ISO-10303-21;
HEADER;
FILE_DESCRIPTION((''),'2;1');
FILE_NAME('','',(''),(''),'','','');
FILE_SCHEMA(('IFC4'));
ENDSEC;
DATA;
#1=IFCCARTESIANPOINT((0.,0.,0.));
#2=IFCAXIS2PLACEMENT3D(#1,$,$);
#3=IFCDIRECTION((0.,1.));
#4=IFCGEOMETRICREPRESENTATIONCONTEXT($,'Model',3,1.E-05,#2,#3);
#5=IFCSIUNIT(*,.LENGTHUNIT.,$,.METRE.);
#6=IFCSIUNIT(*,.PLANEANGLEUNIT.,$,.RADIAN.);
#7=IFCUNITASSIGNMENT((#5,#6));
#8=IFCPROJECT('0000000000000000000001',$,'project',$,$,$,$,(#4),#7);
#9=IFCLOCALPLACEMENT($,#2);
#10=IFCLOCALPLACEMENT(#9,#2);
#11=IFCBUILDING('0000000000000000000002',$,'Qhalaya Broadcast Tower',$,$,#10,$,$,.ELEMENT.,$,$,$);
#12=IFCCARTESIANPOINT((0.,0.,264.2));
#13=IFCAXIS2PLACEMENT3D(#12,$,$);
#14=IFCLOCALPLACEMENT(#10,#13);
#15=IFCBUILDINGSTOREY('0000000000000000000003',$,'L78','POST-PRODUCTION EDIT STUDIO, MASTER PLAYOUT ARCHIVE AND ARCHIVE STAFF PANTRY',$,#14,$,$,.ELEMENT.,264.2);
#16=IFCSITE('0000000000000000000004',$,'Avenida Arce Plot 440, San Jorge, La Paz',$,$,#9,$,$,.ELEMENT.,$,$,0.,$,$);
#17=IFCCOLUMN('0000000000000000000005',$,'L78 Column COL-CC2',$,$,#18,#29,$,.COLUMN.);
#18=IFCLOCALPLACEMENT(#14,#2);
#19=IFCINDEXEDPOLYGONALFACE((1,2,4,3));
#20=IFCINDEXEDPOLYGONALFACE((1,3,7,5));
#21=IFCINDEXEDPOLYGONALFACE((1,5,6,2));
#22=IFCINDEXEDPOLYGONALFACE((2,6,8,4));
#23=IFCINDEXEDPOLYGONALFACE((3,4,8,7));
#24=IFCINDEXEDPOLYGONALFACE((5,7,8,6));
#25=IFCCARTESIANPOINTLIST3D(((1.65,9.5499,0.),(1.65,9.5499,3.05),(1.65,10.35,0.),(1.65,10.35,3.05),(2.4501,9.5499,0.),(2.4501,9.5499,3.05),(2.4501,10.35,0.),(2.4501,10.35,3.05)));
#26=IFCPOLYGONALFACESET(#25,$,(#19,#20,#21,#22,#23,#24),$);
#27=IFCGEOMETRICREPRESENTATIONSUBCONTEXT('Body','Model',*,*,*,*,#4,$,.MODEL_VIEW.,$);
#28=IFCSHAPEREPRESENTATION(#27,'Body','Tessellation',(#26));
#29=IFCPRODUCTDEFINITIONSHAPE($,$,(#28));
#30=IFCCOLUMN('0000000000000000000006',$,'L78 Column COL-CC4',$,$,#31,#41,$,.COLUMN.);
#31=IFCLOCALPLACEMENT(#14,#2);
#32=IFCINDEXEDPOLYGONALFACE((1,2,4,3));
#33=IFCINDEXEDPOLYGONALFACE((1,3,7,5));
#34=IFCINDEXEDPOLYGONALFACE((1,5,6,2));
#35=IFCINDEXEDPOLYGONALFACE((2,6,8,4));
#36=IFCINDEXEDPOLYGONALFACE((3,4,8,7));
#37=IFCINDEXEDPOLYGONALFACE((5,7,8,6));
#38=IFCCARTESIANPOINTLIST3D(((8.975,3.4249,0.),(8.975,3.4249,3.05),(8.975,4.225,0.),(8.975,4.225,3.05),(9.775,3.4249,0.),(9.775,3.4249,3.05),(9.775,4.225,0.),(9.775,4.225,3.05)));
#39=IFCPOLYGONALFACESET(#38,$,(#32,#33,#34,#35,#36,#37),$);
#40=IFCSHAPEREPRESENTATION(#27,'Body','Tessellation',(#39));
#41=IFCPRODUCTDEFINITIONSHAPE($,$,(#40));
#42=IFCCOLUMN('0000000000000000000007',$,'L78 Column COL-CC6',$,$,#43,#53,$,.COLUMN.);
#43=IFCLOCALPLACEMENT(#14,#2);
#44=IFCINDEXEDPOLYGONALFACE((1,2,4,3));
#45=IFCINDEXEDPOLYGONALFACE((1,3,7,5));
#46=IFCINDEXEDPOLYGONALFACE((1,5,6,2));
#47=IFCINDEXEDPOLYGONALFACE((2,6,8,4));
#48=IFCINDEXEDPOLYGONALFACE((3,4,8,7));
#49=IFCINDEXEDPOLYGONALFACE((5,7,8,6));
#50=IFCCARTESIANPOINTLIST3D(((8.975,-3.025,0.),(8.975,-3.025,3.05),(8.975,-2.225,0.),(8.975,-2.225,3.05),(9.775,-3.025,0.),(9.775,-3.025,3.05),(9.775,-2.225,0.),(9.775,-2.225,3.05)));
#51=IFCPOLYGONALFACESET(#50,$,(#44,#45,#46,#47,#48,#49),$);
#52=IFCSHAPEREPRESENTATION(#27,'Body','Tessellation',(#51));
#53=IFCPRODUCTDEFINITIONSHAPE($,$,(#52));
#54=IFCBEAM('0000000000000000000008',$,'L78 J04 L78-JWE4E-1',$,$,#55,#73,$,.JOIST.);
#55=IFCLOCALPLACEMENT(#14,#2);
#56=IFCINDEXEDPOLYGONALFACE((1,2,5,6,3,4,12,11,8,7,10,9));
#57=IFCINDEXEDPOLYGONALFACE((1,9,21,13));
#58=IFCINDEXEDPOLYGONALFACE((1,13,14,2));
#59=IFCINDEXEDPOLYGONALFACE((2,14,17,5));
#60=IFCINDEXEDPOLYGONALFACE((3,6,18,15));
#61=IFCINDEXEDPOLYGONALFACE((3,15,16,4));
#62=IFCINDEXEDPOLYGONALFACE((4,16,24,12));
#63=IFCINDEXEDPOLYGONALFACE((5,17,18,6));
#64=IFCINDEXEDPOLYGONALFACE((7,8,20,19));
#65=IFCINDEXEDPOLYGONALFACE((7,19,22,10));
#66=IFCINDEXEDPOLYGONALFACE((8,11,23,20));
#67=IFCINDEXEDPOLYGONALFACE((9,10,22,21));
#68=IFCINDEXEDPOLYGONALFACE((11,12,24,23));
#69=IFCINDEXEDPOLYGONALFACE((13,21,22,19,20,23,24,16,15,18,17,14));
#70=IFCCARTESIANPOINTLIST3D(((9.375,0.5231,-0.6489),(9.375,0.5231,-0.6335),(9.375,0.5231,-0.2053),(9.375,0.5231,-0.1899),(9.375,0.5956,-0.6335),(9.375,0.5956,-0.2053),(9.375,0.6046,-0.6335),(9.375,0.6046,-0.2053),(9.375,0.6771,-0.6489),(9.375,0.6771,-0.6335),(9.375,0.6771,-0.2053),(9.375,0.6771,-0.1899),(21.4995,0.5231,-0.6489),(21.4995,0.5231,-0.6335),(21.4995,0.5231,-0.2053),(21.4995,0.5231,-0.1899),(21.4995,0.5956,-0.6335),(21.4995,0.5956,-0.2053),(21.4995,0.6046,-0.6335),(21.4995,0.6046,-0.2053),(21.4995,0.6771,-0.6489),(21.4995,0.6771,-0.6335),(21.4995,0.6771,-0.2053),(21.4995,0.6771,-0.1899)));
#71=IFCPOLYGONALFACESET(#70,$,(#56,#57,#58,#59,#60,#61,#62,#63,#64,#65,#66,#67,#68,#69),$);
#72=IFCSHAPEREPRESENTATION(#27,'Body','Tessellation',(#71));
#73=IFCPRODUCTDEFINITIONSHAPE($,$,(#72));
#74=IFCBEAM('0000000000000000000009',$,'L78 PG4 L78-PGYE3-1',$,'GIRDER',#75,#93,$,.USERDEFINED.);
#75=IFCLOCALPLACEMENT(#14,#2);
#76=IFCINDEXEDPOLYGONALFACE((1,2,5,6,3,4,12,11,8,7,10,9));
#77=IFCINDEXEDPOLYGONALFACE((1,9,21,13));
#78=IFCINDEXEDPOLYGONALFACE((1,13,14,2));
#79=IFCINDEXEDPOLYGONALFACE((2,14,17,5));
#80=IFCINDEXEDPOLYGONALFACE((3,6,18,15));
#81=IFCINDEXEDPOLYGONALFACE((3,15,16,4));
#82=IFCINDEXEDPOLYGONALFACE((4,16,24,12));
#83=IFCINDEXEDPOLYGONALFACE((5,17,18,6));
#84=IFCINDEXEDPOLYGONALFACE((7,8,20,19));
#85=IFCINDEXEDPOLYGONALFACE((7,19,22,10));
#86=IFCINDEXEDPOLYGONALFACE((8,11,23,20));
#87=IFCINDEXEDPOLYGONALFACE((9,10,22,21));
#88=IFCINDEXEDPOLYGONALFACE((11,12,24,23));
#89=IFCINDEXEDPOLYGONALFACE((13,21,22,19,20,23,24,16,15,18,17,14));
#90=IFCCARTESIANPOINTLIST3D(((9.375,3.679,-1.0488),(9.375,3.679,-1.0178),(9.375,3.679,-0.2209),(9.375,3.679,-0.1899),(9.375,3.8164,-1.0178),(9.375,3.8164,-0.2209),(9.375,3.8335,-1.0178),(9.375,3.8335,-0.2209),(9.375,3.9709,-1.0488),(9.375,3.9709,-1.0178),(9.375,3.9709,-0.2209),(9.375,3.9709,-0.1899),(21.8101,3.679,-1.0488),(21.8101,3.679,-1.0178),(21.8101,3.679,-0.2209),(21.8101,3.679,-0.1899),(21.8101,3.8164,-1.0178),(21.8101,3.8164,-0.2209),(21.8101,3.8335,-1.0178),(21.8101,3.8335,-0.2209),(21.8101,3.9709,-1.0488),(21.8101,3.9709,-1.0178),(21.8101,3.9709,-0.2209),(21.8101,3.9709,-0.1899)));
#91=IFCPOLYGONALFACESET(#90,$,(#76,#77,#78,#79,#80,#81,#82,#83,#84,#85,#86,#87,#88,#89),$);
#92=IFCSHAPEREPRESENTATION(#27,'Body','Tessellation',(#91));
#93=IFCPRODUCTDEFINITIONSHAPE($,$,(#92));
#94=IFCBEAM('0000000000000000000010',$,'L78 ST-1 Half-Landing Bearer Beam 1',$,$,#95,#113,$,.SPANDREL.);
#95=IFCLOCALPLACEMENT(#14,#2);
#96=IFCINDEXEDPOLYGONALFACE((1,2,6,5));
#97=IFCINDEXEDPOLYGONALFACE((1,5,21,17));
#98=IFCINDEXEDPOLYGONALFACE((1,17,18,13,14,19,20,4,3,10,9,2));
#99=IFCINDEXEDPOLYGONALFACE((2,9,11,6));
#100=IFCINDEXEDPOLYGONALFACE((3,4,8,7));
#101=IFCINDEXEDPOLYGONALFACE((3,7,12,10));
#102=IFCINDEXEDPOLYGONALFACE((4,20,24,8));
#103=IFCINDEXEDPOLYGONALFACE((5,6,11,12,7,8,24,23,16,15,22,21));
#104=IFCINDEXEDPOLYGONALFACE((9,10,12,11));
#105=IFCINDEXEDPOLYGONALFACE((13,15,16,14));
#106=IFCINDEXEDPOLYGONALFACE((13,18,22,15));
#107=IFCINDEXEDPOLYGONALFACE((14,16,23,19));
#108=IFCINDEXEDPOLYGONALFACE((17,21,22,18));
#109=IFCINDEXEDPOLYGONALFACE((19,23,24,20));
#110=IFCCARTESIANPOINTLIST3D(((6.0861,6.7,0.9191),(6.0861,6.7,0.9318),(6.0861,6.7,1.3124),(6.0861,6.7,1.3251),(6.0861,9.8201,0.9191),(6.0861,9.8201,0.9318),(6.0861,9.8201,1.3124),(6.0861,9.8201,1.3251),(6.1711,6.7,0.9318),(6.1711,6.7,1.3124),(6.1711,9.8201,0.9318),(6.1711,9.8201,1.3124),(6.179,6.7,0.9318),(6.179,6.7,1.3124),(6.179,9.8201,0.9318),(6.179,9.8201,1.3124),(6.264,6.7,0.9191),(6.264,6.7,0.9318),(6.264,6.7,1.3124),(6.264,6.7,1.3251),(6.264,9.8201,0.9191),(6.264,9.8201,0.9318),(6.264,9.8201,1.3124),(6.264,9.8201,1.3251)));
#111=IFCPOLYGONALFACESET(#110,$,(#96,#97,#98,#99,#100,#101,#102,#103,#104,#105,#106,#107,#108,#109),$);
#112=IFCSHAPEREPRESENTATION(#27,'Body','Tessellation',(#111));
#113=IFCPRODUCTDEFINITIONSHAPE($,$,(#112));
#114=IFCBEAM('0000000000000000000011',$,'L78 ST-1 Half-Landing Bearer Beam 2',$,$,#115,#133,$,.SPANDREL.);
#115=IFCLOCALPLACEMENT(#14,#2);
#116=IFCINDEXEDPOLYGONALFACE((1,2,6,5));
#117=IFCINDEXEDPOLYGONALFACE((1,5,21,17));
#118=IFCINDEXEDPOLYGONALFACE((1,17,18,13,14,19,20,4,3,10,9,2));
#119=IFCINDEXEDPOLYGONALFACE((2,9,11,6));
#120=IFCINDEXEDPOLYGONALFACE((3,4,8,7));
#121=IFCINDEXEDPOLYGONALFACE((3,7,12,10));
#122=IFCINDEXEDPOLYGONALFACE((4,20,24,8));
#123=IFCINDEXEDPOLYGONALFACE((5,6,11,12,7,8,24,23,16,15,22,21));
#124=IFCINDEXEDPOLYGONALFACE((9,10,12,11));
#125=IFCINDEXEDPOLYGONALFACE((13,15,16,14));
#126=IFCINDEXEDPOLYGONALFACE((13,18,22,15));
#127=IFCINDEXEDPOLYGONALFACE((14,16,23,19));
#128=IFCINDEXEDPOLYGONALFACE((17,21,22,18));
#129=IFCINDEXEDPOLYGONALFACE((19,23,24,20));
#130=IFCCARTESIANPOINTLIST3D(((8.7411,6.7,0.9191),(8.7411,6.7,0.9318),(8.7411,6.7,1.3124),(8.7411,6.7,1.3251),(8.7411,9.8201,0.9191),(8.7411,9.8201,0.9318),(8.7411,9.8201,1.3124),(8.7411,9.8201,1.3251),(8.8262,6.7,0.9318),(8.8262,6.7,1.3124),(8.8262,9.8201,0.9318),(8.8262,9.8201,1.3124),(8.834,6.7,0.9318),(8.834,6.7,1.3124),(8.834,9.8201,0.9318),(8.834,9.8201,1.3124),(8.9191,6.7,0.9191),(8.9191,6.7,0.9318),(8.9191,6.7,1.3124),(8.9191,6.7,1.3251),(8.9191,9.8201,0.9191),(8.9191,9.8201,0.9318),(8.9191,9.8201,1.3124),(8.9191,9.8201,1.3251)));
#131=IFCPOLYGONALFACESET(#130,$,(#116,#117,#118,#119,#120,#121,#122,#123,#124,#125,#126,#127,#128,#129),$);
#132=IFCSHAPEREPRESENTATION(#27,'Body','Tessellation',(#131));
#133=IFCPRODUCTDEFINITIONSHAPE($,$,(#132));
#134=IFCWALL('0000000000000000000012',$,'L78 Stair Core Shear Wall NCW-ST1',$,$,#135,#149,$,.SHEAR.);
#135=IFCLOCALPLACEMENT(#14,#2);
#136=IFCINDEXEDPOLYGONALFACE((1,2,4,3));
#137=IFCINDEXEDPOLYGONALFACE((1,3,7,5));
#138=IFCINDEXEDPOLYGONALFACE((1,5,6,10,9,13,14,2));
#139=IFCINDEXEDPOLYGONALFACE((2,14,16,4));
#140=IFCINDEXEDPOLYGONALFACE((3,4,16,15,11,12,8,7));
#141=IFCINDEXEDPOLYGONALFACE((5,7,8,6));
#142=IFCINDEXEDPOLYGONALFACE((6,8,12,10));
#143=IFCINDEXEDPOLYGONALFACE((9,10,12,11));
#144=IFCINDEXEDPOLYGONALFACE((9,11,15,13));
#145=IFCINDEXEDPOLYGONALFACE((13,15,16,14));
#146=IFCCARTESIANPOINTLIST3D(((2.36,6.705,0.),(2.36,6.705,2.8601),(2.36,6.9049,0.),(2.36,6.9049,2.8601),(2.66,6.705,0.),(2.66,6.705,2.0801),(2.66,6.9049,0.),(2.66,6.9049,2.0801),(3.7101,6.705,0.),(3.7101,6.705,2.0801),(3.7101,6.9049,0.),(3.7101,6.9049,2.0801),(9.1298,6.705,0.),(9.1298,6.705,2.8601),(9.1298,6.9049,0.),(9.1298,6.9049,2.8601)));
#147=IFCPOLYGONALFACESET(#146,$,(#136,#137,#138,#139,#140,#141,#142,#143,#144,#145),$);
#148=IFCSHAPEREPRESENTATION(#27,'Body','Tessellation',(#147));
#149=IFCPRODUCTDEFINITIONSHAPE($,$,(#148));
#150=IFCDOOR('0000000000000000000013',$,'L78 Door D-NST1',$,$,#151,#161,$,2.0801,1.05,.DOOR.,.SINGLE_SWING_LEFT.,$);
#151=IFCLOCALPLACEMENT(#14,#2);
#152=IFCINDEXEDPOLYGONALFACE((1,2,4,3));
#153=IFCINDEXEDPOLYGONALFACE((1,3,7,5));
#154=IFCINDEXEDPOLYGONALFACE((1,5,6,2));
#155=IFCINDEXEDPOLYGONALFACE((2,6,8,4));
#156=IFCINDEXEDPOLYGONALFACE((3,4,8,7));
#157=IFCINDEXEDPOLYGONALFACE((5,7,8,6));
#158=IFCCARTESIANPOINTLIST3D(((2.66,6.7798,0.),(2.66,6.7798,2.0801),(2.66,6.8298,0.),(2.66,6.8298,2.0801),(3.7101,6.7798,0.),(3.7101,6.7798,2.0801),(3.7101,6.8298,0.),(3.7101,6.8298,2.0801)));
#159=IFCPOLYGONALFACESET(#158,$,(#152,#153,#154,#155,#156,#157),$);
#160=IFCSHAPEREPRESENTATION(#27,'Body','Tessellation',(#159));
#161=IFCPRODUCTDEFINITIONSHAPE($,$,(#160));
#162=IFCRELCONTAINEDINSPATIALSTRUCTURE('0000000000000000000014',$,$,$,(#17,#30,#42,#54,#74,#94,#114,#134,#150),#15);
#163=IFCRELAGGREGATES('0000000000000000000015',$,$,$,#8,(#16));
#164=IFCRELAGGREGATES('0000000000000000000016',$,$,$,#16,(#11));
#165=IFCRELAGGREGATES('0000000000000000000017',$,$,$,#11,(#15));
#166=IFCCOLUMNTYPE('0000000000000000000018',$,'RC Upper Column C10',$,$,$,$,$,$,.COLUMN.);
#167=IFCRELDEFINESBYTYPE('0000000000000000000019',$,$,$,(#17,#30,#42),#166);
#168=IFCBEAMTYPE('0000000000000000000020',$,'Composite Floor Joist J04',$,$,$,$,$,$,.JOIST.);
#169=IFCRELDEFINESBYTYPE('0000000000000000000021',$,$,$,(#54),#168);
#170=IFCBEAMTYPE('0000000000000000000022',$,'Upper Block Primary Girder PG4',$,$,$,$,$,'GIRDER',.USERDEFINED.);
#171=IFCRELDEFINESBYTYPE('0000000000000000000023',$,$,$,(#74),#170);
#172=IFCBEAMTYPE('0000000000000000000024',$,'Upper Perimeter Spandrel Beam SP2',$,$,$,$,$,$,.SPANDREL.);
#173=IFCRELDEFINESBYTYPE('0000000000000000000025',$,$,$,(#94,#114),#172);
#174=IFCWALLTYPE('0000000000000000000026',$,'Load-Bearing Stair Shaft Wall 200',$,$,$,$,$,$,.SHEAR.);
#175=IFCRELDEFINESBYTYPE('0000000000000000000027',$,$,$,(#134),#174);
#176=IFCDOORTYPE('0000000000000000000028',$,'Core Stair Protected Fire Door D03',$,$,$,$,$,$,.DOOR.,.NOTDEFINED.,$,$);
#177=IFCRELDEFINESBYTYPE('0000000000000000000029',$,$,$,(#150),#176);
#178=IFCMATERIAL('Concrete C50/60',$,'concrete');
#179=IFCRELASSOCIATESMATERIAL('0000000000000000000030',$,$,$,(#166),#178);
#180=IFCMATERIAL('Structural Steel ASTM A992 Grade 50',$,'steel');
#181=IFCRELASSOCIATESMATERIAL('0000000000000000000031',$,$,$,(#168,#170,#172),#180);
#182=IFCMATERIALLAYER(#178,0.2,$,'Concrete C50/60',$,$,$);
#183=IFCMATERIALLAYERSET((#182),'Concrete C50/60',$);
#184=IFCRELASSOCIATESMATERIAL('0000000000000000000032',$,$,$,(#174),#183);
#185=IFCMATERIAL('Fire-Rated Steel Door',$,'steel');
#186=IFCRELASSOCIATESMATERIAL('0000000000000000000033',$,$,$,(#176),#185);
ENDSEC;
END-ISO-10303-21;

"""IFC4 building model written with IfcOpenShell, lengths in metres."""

from ifc_helpers import new_model, si_unit, direction, frame, frame_2d, origin, origin_2d, place, context, subcontext, project, spatial, rectangle, i_section, extrude, material, layer, layer_set, material_profile, profile_set, type_object, element, fill, save


model = new_model("IFC4")

# Units and contexts
model_context = context("Model", 3, precision=1e-05, world=origin(), true_north=direction((0.0, 1.0)))
body_context = subcontext(model_context, "Body", "Model", "MODEL_VIEW")
ifc_project = project(units=[si_unit("LENGTHUNIT", "METRE"), si_unit("PLANEANGLEUNIT", "RADIAN")], contexts=[model_context])

# Site, building, storey
site_placement = place(None, origin())
site = spatial("IfcSite", under=ifc_project, at=site_placement, Name="Avenida Arce Plot 440, San Jorge, La Paz", CompositionType="ELEMENT", RefElevation=0.0)
building_placement = place(site_placement, origin())
building = spatial("IfcBuilding", under=site, at=building_placement, Name="Qhalaya Broadcast Tower", CompositionType="ELEMENT")
storey_placement = place(building_placement, frame((0.0, 0.0, 264.2)))
storey = spatial("IfcBuildingStorey", under=building, at=storey_placement, Name="L78", Description="POST-PRODUCTION EDIT STUDIO, MASTER PLAYOUT ARCHIVE AND ARCHIVE STAFF PANTRY", CompositionType="ELEMENT", Elevation=264.2)

# Columns
ifc_material_1 = material(Name="Concrete C50/60", Category="concrete")
ifc_material_profile_1 = material_profile(ifc_material_1, rectangle(XDim=0.8, YDim=0.8, at=origin_2d()), Name="RC-COL 800x800")
ifc_profile_set_1 = profile_set([ifc_material_profile_1], Name="Concrete C50/60")
column_type = type_object("IfcColumnType", Name="RC Upper Column C10", PredefinedType="COLUMN", material=ifc_profile_set_1)
for number, where, z_axis, x_axis, name in (
    (1, (2.05, 9.95, 0.0), (0.0, 0.0, 1.0), (1.0, 0.0, 0.0), "L78 Column COL-CC2"),
    (2, (9.375, 3.825, 0.0), (0.0, 0.0, 1.0), (1.0, 0.0, 0.0), "L78 Column COL-CC4"),
    (3, (9.375, -2.625, 0.0), (0.0, 0.0, 1.0), (1.0, 0.0, 0.0), "L78 Column COL-CC6"),
):
    element("IfcColumn", number, at=place(storey_placement, frame(where, z_axis=z_axis, x_axis=x_axis)), inside=storey, type_object=column_type, Name=name, PredefinedType="COLUMN", context=body_context, shape_type="SweptSolid", body=[
        extrude(rectangle(XDim=0.8, YDim=0.8, at=origin_2d()), origin(), (0.0, 0.0, 1.0), 3.05),
    ])

# Beams
ifc_material_2 = material(Name="Structural Steel ASTM A992 Grade 50", Category="steel")
ifc_material_profile_2 = material_profile(ifc_material_2, i_section(OverallWidth=0.1541, OverallDepth=0.459, WebThickness=0.009, FlangeThickness=0.0154, at=origin_2d()), Name="W18X46")
ifc_profile_set_2 = profile_set([ifc_material_profile_2], Name="Structural Steel ASTM A992 Grade 50")
beam_type_1 = type_object("IfcBeamType", Name="Composite Floor Joist J04", PredefinedType="JOIST", material=ifc_profile_set_2)
beam_1_placement = place(storey_placement, frame((9.375, 0.6001, -0.4194), z_axis=(1.0, 0.0, 0.0), x_axis=(0.0, 1.0, 0.0)))
element("IfcBeam", 4, at=beam_1_placement, inside=storey, type_object=beam_type_1, Name="L78 J04 L78-JWE4E-1", PredefinedType="JOIST", context=body_context, shape_type="SweptSolid", body=[
    extrude(i_section(OverallWidth=0.1541, OverallDepth=0.459, WebThickness=0.009, FlangeThickness=0.0154, at=origin_2d()), origin(), (0.0, 0.0, 1.0), 12.1245),
])
ifc_material_profile_3 = material_profile(ifc_material_2, i_section(OverallWidth=0.292, OverallDepth=0.8589, WebThickness=0.0171, FlangeThickness=0.031, at=origin_2d()), Name="W33X169")
ifc_profile_set_3 = profile_set([ifc_material_profile_3], Name="Structural Steel ASTM A992 Grade 50")
beam_type_2 = type_object("IfcBeamType", Name="Upper Block Primary Girder PG4", ElementType="GIRDER", PredefinedType="USERDEFINED", material=ifc_profile_set_3)
beam_2_placement = place(storey_placement, frame((9.375, 3.825, -0.6194), z_axis=(1.0, 0.0, 0.0), x_axis=(0.0, 1.0, 0.0)))
element("IfcBeam", 5, at=beam_2_placement, inside=storey, type_object=beam_type_2, Name="L78 PG4 L78-PGYE3-1", ObjectType="GIRDER", PredefinedType="USERDEFINED", context=body_context, shape_type="SweptSolid", body=[
    extrude(i_section(OverallWidth=0.292, OverallDepth=0.8589, WebThickness=0.0171, FlangeThickness=0.031, at=origin_2d()), origin(), (0.0, 0.0, 1.0), 12.4351),
])
ifc_material_profile_4 = material_profile(ifc_material_2, i_section(OverallWidth=0.178, OverallDepth=0.406, WebThickness=0.0078, FlangeThickness=0.0127, at=origin_2d()), Name="W16X40")
ifc_profile_set_4 = profile_set([ifc_material_profile_4], Name="Structural Steel ASTM A992 Grade 50")
beam_type_3 = type_object("IfcBeamType", Name="Upper Perimeter Spandrel Beam SP2", PredefinedType="SPANDREL", material=ifc_profile_set_4)
for number, where, z_axis, x_axis, name in (
    (6, (6.175, 6.7, 1.1221), (0.0, 1.0, 0.0), (-1.0, 0.0, 0.0), "L78 ST-1 Half-Landing Bearer Beam 1"),
    (7, (8.8301, 6.7, 1.1221), (0.0, 1.0, 0.0), (-1.0, 0.0, 0.0), "L78 ST-1 Half-Landing Bearer Beam 2"),
):
    element("IfcBeam", number, at=place(storey_placement, frame(where, z_axis=z_axis, x_axis=x_axis)), inside=storey, type_object=beam_type_3, Name=name, PredefinedType="SPANDREL", context=body_context, shape_type="SweptSolid", body=[
        extrude(i_section(OverallWidth=0.178, OverallDepth=0.406, WebThickness=0.0078, FlangeThickness=0.0127, at=origin_2d()), origin(), (0.0, 0.0, 1.0), 3.1201),
    ])

# Wall, opening, door
ifc_layer_1 = layer(ifc_material_1, 0.2, Name="Concrete C50/60")
ifc_layer_set_1 = layer_set([ifc_layer_1], Name="Concrete C50/60")
wall_type_1 = type_object("IfcWallType", Name="Load-Bearing Stair Shaft Wall 200", PredefinedType="SHEAR", material=ifc_layer_set_1)
wall_1_placement = place(storey_placement, frame((2.3601, 6.8049, 0.0), z_axis=(0.0, 0.0, 1.0), x_axis=(1.0, 0.0, 0.0)))
wall_1 = element("IfcWall", 8, at=wall_1_placement, inside=storey, type_object=wall_type_1, Name="L78 Stair Core Shear Wall NCW-ST1", PredefinedType="SHEAR", context=body_context, shape_type="SweptSolid", body=[
    extrude(rectangle(XDim=6.7698, YDim=0.2, at=frame_2d((3.3848, 0.0))), origin(), (0.0, 0.0, 1.0), 2.8601),
])
opening_1_placement = place(wall_1_placement, frame((0.3, 0.0, 0.0)))
opening_1 = element("IfcOpeningElement", 9, at=opening_1_placement, cuts=wall_1, PredefinedType="OPENING", context=body_context, shape_type="SweptSolid", body=[
    extrude(rectangle(XDim=1.05, YDim=2.0801, at=frame_2d((0.5249, 1.04))), frame((0.0, 0.1121, 0.0), z_axis=(0.0, -1.0, 0.0), x_axis=(1.0, 0.0, 0.0)), (0.0, 0.0, 1.0), 0.2239),
])
ifc_material_3 = material(Name="Fire-Rated Steel Door", Category="steel")
door_type_1 = type_object("IfcDoorType", Name="Core Stair Protected Fire Door D03", OperationType="NOTDEFINED", PredefinedType="DOOR", material=ifc_material_3)
door_1_placement = place(opening_1_placement, origin())
door_1 = element("IfcDoor", 10, at=door_1_placement, inside=storey, type_object=door_type_1, Name="L78 Door D-NST1", OperationType="SINGLE_SWING_LEFT", OverallHeight=2.0801, OverallWidth=1.05, PredefinedType="DOOR", context=body_context, shape_type="SweptSolid", body=[
    extrude(rectangle(XDim=1.05, YDim=2.0801, at=frame_2d((0.5249, 1.04))), frame((0.0, 0.0249, 0.0), z_axis=(0.0, -1.0, 0.0), x_axis=(1.0, 0.0, 0.0)), (0.0, 0.0, 1.0), 0.05),
])
fill(opening_1, door_1)

save(model, "model.ifc")
